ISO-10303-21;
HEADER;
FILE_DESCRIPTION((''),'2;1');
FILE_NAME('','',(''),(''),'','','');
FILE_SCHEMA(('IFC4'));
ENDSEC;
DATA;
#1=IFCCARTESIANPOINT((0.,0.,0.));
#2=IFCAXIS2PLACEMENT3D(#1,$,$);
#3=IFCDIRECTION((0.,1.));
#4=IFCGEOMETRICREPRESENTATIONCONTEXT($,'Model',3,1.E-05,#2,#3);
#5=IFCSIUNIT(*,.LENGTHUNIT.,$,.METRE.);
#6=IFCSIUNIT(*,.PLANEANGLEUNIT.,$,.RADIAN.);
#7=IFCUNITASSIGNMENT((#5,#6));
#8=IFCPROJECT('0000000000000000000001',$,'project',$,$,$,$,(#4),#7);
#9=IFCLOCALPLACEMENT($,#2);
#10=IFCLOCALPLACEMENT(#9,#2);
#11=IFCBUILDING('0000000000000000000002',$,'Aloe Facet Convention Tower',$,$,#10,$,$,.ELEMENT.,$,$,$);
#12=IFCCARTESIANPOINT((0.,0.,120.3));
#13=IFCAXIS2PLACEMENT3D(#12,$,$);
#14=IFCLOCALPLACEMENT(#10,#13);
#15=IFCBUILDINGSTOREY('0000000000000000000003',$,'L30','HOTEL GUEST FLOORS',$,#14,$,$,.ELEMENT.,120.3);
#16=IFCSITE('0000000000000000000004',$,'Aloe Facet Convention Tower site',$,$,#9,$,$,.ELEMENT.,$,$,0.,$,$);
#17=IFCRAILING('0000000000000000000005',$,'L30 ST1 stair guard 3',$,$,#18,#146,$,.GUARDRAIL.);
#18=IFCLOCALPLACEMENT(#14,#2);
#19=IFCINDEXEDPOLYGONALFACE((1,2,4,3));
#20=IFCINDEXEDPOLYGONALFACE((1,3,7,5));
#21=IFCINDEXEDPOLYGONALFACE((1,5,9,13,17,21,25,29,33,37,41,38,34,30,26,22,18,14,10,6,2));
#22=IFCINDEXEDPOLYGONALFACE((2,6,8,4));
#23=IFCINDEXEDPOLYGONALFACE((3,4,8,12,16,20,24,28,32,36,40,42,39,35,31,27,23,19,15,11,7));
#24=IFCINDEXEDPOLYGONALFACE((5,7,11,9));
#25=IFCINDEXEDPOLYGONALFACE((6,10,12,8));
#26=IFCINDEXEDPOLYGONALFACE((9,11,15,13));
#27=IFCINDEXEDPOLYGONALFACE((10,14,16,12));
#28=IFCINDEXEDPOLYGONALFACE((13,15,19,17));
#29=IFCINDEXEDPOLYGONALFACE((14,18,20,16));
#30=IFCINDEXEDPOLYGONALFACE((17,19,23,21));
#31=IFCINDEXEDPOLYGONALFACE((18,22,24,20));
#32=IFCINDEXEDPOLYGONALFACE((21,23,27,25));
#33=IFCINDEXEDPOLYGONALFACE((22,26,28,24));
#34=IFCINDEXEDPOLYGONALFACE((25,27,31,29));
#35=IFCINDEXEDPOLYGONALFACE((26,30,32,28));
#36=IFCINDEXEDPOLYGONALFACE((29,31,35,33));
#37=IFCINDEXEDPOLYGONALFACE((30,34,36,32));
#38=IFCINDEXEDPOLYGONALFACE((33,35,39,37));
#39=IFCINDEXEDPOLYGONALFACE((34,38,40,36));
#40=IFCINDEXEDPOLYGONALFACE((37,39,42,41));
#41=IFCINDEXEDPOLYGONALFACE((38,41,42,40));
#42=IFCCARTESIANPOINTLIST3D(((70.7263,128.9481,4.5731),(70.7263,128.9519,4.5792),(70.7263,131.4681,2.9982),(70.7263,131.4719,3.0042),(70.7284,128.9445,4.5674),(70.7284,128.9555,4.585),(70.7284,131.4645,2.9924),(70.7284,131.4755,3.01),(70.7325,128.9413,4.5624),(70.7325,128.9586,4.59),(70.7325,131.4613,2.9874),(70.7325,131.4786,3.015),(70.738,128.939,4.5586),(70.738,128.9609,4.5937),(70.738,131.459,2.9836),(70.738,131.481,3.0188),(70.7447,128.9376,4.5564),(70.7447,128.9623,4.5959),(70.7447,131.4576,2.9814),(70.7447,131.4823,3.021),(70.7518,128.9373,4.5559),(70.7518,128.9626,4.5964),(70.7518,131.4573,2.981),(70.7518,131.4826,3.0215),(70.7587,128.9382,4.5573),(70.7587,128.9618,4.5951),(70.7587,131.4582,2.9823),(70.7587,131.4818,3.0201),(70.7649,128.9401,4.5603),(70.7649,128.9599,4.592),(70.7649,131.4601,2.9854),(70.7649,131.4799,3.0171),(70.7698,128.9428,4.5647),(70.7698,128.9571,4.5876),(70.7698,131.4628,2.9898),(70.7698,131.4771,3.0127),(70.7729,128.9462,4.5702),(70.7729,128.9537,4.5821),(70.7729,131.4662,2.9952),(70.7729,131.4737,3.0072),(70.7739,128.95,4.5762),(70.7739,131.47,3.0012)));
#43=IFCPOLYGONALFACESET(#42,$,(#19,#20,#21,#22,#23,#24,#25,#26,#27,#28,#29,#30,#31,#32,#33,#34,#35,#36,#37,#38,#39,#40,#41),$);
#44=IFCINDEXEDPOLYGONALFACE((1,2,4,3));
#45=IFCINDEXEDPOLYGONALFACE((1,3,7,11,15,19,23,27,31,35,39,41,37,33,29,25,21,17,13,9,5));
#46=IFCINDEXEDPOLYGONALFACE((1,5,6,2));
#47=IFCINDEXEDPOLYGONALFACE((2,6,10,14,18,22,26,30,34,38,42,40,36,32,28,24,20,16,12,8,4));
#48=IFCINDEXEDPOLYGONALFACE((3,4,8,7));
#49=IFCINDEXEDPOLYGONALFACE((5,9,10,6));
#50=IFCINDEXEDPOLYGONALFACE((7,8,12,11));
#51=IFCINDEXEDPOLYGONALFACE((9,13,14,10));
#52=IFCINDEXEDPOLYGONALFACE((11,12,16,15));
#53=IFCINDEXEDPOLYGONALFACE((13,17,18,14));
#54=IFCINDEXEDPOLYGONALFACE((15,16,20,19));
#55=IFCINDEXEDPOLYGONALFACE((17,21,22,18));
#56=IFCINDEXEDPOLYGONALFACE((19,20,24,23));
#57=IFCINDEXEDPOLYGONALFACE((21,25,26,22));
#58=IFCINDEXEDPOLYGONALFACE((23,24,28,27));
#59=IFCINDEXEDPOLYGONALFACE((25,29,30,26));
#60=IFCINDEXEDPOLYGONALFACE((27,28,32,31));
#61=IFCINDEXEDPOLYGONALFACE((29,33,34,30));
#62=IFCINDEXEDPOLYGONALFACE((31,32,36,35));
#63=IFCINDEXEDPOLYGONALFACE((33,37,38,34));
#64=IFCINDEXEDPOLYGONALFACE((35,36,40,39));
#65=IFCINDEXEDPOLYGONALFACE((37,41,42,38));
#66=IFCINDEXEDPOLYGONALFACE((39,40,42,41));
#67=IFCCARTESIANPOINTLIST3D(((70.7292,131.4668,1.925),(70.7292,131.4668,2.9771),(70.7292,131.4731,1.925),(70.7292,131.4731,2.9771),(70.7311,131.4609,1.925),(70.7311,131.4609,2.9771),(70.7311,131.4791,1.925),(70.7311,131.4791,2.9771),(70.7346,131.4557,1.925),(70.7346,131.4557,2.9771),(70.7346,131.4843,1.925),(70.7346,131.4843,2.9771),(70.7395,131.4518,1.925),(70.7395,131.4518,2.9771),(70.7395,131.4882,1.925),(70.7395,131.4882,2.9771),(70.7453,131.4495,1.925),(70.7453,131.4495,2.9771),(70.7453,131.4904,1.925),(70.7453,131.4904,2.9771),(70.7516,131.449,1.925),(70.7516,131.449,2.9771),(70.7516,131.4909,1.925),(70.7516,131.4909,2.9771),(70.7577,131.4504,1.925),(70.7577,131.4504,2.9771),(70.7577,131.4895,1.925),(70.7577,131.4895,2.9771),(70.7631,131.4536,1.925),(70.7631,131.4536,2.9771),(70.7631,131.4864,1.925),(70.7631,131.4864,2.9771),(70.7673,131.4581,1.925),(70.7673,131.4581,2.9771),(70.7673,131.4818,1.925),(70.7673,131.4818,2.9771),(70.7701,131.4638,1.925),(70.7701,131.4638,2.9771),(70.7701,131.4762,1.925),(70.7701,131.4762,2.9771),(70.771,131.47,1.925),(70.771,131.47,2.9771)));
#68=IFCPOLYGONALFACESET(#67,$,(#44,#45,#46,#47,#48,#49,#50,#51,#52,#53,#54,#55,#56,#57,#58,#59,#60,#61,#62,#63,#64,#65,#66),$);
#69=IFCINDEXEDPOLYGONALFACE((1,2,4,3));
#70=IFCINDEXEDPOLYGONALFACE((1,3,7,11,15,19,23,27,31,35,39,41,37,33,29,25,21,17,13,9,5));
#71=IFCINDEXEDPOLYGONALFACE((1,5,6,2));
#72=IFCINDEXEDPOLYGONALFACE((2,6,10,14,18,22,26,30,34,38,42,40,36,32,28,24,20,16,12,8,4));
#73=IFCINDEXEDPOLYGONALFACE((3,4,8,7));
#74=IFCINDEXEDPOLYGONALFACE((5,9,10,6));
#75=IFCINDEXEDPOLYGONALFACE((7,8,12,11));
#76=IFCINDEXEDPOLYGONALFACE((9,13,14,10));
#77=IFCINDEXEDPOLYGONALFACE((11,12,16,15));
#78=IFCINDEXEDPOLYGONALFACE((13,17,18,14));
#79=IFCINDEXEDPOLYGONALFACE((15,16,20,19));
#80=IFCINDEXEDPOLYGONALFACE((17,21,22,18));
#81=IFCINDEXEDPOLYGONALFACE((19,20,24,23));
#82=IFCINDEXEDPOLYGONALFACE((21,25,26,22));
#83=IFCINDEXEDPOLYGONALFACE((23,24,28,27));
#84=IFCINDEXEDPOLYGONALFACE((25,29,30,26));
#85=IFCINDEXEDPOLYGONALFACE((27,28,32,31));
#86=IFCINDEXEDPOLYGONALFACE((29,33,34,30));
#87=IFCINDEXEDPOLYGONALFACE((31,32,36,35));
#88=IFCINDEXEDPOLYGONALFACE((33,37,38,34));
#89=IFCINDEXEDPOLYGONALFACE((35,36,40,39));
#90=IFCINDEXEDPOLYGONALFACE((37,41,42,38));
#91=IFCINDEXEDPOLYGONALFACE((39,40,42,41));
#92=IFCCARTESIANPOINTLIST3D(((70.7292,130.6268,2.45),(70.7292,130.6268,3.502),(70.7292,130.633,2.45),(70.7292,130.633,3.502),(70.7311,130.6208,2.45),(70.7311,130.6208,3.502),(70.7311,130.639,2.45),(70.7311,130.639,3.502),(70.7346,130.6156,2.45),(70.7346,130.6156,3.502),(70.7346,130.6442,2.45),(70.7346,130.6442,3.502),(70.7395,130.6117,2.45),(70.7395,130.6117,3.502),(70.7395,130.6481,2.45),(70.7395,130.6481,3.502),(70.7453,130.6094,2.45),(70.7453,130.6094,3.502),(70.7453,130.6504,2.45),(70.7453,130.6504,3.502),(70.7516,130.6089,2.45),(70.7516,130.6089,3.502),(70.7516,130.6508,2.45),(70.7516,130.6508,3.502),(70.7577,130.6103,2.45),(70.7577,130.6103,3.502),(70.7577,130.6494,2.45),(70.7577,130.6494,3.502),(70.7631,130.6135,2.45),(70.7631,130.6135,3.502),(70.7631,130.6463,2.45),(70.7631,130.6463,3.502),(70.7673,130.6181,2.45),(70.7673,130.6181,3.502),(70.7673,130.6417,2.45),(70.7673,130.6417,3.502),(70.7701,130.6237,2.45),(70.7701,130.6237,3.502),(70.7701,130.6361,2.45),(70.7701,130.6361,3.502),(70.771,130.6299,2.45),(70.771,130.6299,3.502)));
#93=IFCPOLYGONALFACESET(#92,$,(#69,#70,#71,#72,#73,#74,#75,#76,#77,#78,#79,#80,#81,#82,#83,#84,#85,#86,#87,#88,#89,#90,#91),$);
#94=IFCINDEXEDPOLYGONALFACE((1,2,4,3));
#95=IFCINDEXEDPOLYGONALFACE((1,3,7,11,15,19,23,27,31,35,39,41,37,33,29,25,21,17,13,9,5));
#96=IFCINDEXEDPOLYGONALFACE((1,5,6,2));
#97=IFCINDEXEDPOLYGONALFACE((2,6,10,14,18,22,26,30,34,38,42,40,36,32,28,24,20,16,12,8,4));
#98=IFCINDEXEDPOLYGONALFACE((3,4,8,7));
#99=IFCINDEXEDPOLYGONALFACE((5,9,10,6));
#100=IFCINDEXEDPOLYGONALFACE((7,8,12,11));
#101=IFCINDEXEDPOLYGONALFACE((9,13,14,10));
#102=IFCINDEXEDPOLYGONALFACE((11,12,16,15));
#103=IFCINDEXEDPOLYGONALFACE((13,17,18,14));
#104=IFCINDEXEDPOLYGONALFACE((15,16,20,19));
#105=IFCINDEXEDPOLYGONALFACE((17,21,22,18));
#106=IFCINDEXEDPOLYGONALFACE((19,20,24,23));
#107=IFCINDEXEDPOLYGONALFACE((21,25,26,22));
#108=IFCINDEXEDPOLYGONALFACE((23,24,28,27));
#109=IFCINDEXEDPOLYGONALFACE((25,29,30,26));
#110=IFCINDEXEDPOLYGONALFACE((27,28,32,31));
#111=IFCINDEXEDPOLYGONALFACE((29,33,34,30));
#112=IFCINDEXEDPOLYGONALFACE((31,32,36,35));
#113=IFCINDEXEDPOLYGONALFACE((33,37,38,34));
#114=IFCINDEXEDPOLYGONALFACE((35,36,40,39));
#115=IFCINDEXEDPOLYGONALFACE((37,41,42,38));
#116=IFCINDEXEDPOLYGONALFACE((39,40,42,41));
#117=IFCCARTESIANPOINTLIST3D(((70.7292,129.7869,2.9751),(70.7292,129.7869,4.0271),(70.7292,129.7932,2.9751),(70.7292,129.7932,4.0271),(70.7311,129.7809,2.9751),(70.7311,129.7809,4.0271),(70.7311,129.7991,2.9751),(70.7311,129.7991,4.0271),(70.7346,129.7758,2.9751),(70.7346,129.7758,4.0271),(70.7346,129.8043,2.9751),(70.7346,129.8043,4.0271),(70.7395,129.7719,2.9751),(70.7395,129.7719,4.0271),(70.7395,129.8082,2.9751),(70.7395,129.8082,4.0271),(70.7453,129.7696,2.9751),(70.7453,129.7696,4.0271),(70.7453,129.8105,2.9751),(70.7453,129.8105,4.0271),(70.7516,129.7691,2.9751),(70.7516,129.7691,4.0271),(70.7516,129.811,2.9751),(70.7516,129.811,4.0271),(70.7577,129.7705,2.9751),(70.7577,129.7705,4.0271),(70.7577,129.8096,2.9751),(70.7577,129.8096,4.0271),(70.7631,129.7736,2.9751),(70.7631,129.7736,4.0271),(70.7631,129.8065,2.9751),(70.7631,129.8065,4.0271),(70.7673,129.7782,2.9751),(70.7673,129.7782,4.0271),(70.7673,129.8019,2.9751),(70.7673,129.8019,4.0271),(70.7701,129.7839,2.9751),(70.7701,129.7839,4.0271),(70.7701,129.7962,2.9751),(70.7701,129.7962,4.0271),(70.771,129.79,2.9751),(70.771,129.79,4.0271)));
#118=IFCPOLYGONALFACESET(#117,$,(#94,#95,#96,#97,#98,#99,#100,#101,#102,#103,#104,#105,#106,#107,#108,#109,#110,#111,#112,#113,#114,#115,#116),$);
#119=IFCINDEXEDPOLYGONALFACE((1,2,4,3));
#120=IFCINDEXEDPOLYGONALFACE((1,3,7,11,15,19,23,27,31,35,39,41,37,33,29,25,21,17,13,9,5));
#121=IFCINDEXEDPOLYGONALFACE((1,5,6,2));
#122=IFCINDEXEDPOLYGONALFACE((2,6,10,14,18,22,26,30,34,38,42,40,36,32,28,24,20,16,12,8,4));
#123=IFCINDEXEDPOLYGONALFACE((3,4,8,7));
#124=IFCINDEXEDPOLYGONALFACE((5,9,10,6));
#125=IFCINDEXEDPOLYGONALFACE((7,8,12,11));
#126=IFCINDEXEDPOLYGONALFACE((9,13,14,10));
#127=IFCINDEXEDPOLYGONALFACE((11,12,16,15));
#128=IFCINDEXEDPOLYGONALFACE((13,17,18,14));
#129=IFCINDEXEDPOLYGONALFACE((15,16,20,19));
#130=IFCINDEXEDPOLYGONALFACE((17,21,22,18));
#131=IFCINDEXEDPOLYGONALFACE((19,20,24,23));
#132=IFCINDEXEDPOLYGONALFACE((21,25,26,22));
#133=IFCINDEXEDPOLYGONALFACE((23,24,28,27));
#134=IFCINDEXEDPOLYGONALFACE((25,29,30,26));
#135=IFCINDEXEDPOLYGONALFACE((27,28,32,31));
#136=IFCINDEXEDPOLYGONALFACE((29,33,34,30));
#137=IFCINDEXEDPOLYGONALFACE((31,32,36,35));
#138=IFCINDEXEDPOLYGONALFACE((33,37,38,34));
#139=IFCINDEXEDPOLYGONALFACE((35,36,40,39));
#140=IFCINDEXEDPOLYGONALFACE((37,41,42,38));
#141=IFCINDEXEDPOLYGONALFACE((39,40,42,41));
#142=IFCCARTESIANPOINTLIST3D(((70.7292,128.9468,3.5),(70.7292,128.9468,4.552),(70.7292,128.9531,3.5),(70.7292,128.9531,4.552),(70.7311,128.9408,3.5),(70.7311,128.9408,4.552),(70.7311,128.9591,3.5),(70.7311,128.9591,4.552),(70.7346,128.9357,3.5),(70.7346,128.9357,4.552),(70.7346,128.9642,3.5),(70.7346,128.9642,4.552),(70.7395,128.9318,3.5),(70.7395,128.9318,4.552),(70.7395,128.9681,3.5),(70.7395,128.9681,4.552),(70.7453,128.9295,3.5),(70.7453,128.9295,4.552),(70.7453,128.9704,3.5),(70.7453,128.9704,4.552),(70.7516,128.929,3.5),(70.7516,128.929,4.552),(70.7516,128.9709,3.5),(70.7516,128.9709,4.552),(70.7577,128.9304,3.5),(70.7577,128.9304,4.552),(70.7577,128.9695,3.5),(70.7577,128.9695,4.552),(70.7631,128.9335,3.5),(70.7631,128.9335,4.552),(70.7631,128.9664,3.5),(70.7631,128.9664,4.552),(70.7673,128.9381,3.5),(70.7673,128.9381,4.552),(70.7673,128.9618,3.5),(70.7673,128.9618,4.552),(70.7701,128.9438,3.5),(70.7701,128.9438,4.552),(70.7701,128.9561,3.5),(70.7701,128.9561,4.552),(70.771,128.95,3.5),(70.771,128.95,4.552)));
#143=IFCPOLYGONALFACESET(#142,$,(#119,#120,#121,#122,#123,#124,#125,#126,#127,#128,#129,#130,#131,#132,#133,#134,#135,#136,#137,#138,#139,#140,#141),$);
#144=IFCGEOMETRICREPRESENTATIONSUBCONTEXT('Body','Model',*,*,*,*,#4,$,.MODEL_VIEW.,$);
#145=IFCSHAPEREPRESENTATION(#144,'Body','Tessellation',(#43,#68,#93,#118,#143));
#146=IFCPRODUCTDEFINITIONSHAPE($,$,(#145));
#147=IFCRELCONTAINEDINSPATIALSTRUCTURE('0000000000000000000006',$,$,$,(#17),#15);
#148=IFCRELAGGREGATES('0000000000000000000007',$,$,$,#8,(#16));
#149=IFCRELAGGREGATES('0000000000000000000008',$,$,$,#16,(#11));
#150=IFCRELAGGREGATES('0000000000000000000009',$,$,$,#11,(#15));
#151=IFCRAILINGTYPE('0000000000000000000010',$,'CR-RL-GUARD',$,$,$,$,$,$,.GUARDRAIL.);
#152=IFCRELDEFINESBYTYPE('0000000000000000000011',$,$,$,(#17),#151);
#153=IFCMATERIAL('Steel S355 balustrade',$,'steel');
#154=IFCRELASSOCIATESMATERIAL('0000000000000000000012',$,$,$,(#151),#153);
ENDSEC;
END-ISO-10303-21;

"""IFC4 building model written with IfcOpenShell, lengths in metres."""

from ifc_helpers import new_model, si_unit, direction, frame, origin, origin_2d, place, context, subcontext, project, spatial, circle, extrude, material, type_object, element, save


model = new_model("IFC4")

# Units and contexts
model_context = context("Model", 3, precision=1e-05, world=origin(), true_north=direction((0.0, 1.0)))
body_context = subcontext(model_context, "Body", "Model", "MODEL_VIEW")
ifc_project = project(units=[si_unit("LENGTHUNIT", "METRE"), si_unit("PLANEANGLEUNIT", "RADIAN")], contexts=[model_context])

# Site, building, storey
site_placement = place(None, origin())
site = spatial("IfcSite", under=ifc_project, at=site_placement, Name="Aloe Facet Convention Tower site", CompositionType="ELEMENT", RefElevation=0.0)
building_placement = place(site_placement, origin())
building = spatial("IfcBuilding", under=site, at=building_placement, Name="Aloe Facet Convention Tower", CompositionType="ELEMENT")
storey_placement = place(building_placement, frame((0.0, 0.0, 120.3)))
storey = spatial("IfcBuildingStorey", under=building, at=storey_placement, Name="L30", Description="HOTEL GUEST FLOORS", CompositionType="ELEMENT", Elevation=120.3)

# Railing
ifc_material_1 = material(Name="Steel S355 balustrade", Category="steel")
railing_type_1 = type_object("IfcRailingType", Name="CR-RL-GUARD", PredefinedType="GUARDRAIL", material=ifc_material_1)
railing_1_placement = place(storey_placement, frame((70.75, 131.47, 1.925)))
element("IfcRailing", 1, at=railing_1_placement, inside=storey, type_object=railing_type_1, Name="L30 ST1 stair guard 3", PredefinedType="GUARDRAIL", context=body_context, shape_type="SweptSolid", body=[
    extrude(circle(Radius=0.0239, at=origin_2d()), frame((0.0, 0.0, 1.0762), z_axis=(0.0, -0.848008, 0.529984), x_axis=(1.0, 0.0, 0.0)), (0.0, 0.0, 1.0), 2.9717),
    extrude(circle(Radius=0.021, at=origin_2d()), origin(), (0.0, 0.0, 1.0), 1.052),
    extrude(circle(Radius=0.021, at=origin_2d()), frame((0.0, -0.8401, 0.5249)), (0.0, 0.0, 1.0), 1.052),
    extrude(circle(Radius=0.021, at=origin_2d()), frame((0.0, -1.6799, 1.05)), (0.0, 0.0, 1.0), 1.052),
    extrude(circle(Radius=0.021, at=origin_2d()), frame((0.0, -2.52, 1.575)), (0.0, 0.0, 1.0), 1.052),
])

save(model, "model.ifc")
